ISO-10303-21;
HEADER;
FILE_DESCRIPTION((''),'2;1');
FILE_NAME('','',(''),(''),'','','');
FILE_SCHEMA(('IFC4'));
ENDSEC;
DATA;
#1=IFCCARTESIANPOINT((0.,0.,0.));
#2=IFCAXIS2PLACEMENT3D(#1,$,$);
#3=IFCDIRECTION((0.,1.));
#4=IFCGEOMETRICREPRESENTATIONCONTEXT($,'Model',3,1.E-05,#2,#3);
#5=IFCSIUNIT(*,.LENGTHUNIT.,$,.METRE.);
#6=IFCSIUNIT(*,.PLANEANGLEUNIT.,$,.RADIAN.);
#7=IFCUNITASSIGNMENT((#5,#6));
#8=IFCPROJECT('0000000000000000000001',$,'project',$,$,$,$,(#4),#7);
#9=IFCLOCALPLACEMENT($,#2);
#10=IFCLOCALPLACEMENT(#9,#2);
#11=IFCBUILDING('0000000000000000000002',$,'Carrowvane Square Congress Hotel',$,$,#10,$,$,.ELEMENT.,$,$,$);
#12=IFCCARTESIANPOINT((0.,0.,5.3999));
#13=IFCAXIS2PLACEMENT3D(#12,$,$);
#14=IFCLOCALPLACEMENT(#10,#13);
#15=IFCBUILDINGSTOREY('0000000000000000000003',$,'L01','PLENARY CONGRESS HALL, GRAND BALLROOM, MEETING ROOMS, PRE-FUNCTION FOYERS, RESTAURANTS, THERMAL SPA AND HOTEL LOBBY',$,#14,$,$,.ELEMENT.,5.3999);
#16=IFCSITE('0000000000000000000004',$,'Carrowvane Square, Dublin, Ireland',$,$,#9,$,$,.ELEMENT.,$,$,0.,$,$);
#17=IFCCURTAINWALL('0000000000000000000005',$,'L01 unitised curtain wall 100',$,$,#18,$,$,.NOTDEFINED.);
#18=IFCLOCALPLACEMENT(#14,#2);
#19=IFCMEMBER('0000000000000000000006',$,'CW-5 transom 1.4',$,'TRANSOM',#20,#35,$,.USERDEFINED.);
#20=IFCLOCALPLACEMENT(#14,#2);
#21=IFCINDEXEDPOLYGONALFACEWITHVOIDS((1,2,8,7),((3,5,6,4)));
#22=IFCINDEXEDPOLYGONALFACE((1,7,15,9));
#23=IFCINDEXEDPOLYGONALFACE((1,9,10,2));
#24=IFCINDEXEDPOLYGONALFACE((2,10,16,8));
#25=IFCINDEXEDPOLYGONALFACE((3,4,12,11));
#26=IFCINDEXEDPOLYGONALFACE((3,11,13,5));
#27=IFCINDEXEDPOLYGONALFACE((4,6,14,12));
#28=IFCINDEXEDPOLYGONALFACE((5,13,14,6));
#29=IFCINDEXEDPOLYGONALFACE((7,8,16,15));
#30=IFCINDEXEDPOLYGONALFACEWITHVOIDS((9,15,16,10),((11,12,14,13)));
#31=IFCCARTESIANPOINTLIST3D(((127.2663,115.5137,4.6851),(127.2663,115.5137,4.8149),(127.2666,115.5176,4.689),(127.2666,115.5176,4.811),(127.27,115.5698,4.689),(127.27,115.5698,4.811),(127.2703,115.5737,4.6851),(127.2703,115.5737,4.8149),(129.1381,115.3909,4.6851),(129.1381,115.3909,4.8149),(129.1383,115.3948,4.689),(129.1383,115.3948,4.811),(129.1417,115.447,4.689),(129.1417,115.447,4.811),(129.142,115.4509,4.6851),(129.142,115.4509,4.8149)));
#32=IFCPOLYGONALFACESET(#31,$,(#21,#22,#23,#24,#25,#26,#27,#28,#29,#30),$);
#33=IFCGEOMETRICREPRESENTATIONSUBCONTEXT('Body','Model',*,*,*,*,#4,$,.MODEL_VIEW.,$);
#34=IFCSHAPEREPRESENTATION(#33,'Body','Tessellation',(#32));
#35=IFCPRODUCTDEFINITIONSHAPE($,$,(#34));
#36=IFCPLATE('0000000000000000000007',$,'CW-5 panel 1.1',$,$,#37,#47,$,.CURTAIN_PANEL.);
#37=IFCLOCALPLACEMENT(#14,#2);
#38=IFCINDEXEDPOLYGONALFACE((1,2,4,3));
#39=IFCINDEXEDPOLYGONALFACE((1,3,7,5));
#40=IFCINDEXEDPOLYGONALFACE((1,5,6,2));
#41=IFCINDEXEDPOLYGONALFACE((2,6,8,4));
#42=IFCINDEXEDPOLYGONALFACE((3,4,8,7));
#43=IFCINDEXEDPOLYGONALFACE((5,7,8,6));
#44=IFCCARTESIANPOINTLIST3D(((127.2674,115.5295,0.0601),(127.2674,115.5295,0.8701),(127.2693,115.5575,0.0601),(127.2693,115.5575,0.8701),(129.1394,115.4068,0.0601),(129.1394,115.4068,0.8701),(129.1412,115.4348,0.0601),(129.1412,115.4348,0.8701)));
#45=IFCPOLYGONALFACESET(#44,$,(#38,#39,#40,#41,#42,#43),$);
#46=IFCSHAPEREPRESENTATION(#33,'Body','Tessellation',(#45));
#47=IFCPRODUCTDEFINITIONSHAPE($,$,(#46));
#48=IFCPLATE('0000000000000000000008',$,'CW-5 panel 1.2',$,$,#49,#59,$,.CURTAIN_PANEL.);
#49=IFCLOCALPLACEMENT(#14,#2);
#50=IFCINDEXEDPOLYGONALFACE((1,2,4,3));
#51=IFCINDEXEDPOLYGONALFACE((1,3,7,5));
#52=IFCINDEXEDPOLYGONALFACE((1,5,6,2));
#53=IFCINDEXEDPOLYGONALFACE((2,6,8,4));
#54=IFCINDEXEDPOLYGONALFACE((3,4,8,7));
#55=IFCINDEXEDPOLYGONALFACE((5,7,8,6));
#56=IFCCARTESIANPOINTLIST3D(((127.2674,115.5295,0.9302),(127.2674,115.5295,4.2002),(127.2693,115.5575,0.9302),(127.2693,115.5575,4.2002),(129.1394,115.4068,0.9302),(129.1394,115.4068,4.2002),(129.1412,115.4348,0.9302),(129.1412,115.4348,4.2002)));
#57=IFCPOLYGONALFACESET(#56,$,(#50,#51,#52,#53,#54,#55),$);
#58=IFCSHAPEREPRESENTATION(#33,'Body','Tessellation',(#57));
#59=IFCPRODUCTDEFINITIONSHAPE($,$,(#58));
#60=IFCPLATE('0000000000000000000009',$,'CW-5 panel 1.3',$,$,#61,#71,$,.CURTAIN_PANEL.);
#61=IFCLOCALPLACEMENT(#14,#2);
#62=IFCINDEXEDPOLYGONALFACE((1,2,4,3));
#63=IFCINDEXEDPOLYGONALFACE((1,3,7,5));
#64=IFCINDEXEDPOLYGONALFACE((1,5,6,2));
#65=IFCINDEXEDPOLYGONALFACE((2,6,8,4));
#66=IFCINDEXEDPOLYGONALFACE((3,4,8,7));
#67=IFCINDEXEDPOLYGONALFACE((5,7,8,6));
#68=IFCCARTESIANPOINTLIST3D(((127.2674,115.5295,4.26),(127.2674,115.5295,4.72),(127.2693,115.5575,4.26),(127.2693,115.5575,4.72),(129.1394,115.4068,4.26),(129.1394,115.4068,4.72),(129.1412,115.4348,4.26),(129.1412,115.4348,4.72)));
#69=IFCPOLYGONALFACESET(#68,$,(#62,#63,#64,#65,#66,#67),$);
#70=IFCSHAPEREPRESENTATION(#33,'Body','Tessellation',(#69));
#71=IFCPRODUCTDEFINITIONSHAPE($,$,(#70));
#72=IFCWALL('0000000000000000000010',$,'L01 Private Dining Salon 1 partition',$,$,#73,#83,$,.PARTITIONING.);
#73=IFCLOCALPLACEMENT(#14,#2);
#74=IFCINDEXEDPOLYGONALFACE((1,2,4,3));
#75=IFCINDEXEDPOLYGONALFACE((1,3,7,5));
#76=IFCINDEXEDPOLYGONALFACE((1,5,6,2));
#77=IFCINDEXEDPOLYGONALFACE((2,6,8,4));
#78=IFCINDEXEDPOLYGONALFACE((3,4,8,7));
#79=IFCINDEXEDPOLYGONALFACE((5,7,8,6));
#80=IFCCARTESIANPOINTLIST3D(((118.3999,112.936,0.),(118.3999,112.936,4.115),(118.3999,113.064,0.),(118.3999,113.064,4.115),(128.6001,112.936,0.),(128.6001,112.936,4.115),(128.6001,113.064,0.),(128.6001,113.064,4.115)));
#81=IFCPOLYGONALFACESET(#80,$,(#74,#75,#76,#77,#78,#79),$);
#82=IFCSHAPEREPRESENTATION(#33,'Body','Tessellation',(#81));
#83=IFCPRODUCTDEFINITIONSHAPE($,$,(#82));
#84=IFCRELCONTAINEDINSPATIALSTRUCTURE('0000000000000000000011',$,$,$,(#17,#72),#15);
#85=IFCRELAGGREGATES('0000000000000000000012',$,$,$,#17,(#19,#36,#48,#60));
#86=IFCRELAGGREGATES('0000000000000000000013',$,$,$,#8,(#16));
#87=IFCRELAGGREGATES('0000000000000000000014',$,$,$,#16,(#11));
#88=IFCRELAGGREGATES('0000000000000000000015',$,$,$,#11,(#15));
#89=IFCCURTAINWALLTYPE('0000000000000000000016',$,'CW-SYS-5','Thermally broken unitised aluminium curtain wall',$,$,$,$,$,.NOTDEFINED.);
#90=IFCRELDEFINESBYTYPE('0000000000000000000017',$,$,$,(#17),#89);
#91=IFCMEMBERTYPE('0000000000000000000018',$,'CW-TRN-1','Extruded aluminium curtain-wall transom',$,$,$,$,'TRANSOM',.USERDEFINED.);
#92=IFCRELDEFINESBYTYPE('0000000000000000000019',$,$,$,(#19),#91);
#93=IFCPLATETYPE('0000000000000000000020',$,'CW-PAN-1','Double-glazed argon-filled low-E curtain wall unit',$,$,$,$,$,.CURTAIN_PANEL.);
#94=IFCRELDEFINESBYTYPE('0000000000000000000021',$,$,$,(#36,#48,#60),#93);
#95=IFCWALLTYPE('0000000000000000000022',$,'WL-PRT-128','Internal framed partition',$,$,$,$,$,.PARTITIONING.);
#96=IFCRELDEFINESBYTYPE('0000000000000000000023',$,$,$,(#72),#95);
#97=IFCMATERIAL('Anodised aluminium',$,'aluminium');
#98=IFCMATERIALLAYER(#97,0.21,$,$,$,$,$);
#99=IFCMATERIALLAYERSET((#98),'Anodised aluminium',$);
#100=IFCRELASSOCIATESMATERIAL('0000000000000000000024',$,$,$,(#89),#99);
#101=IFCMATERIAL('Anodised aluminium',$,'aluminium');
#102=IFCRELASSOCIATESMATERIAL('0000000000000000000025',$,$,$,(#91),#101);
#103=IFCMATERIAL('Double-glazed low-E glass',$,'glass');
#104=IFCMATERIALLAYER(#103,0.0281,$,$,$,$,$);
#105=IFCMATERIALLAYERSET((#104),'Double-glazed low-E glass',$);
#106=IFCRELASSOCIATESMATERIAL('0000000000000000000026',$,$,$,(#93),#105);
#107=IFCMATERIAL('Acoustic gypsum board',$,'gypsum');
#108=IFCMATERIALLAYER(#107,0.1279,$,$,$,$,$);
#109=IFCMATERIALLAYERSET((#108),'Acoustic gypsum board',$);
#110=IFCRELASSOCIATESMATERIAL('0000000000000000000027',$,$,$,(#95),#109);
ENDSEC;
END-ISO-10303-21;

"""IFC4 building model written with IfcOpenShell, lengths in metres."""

from ifc_helpers import new_model, si_unit, direction, frame, frame_2d, origin, origin_2d, place, context, subcontext, project, spatial, rectangle, hollow_rectangle, extrude, material, layer, layer_set, material_profile, profile_set, type_object, element, aggregate, save


model = new_model("IFC4")

# Units and contexts
model_context = context("Model", 3, precision=1e-05, world=origin(), true_north=direction((0.0, 1.0)))
body_context = subcontext(model_context, "Body", "Model", "MODEL_VIEW")
ifc_project = project(units=[si_unit("LENGTHUNIT", "METRE"), si_unit("PLANEANGLEUNIT", "RADIAN")], contexts=[model_context])

# Site, building, storey
site_placement = place(None, origin())
site = spatial("IfcSite", under=ifc_project, at=site_placement, Name="Carrowvane Square, Dublin, Ireland", CompositionType="ELEMENT", RefElevation=0.0)
building_placement = place(site_placement, origin())
building = spatial("IfcBuilding", under=site, at=building_placement, Name="Carrowvane Square Congress Hotel", CompositionType="ELEMENT")
storey_placement = place(building_placement, frame((0.0, 0.0, 5.3999)))
storey = spatial("IfcBuildingStorey", under=building, at=storey_placement, Name="L01", Description="PLENARY CONGRESS HALL, GRAND BALLROOM, MEETING ROOMS, PRE-FUNCTION FOYERS, RESTAURANTS, THERMAL SPA AND HOTEL LOBBY", CompositionType="ELEMENT", Elevation=5.3999)

# Curtain wall
ifc_material_1 = material(Name="Anodised aluminium", Category="aluminium")
ifc_layer_1 = layer(ifc_material_1, 0.21)
ifc_layer_set_1 = layer_set([ifc_layer_1], Name="Anodised aluminium")
curtain_wall_type_1 = type_object("IfcCurtainWallType", Name="CW-SYS-5", Description="Thermally broken unitised aluminium curtain wall", PredefinedType="NOTDEFINED", material=ifc_layer_set_1)
curtain_wall_1_placement = place(storey_placement, origin())
curtain_wall_1 = element("IfcCurtainWall", 1, at=curtain_wall_1_placement, inside=storey, type_object=curtain_wall_type_1, Name="L01 unitised curtain wall 100", PredefinedType="NOTDEFINED")

# Member
ifc_material_2 = material(Name="Anodised aluminium", Category="aluminium")
ifc_material_profile_1 = material_profile(ifc_material_2, hollow_rectangle(XDim=0.0601, YDim=0.1299, WallThickness=0.0039, at=origin_2d()), Name="CW-TR 60x130x4")
ifc_profile_set_1 = profile_set([ifc_material_profile_1], Name="Anodised aluminium")
member_type_1 = type_object("IfcMemberType", Name="CW-TRN-1", Description="Extruded aluminium curtain-wall transom", ElementType="TRANSOM", PredefinedType="USERDEFINED", material=ifc_profile_set_1)
member_1_placement = place(storey_placement, frame((127.2683, 115.5437, 4.75), z_axis=(0.997855, -0.065465, 0.0), x_axis=(0.065465, 0.997855, 0.0)))
member_1 = element("IfcMember", 2, at=member_1_placement, type_object=member_type_1, Name="CW-5 transom 1.4", ObjectType="TRANSOM", PredefinedType="USERDEFINED", context=body_context, shape_type="SweptSolid", body=[
    extrude(hollow_rectangle(XDim=0.0601, YDim=0.1299, WallThickness=0.0039, at=origin_2d()), origin(), (0.0, 0.0, 1.0), 1.8757),
])

# Plates
ifc_material_3 = material(Name="Double-glazed low-E glass", Category="glass")
ifc_layer_2 = layer(ifc_material_3, 0.0281)
ifc_layer_set_2 = layer_set([ifc_layer_2], Name="Double-glazed low-E glass")
plate_type = type_object("IfcPlateType", Name="CW-PAN-1", Description="Double-glazed argon-filled low-E curtain wall unit", PredefinedType="CURTAIN_PANEL", material=ifc_layer_set_2)
plate_1_placement = place(storey_placement, frame((128.2043, 115.4822, 0.0601), z_axis=(0.0, 0.0, 1.0), x_axis=(0.997858, -0.065414, 0.0)))
plate_1 = element("IfcPlate", 3, at=plate_1_placement, type_object=plate_type, Name="CW-5 panel 1.1", PredefinedType="CURTAIN_PANEL", context=body_context, shape_type="SweptSolid", body=[
    extrude(rectangle(XDim=1.876, YDim=0.0281, at=origin_2d()), origin(), (0.0, 0.0, 1.0), 0.8101),
])
plate_2_placement = place(storey_placement, frame((128.2043, 115.4822, 0.9302), z_axis=(0.0, 0.0, 1.0), x_axis=(0.997858, -0.065414, 0.0)))
plate_2 = element("IfcPlate", 4, at=plate_2_placement, type_object=plate_type, Name="CW-5 panel 1.2", PredefinedType="CURTAIN_PANEL", context=body_context, shape_type="SweptSolid", body=[
    extrude(rectangle(XDim=1.876, YDim=0.0281, at=origin_2d()), origin(), (0.0, 0.0, 1.0), 3.27),
])
plate_3_placement = place(storey_placement, frame((128.2043, 115.4822, 4.26), z_axis=(0.0, 0.0, 1.0), x_axis=(0.997858, -0.065414, 0.0)))
plate_3 = element("IfcPlate", 5, at=plate_3_placement, type_object=plate_type, Name="CW-5 panel 1.3", PredefinedType="CURTAIN_PANEL", context=body_context, shape_type="SweptSolid", body=[
    extrude(rectangle(XDim=1.876, YDim=0.0281, at=origin_2d()), origin(), (0.0, 0.0, 1.0), 0.46),
])
aggregate(curtain_wall_1, [member_1, plate_1, plate_2, plate_3])

# Wall
ifc_material_4 = material(Name="Acoustic gypsum board", Category="gypsum")
ifc_layer_3 = layer(ifc_material_4, 0.1279)
ifc_layer_set_3 = layer_set([ifc_layer_3], Name="Acoustic gypsum board")
wall_type = type_object("IfcWallType", Name="WL-PRT-128", Description="Internal framed partition", PredefinedType="PARTITIONING", material=ifc_layer_set_3)
wall_placement = place(storey_placement, frame((118.3999, 113.0, 0.0), z_axis=(0.0, 0.0, 1.0), x_axis=(1.0, 0.0, 0.0)))
element("IfcWall", 6, at=wall_placement, inside=storey, type_object=wall_type, Name="L01 Private Dining Salon 1 partition", PredefinedType="PARTITIONING", context=body_context, shape_type="SweptSolid", body=[
    extrude(rectangle(XDim=10.2002, YDim=0.1279, at=frame_2d((5.1001, 0.0))), origin(), (0.0, 0.0, 1.0), 4.115),
])

save(model, "model.ifc")
